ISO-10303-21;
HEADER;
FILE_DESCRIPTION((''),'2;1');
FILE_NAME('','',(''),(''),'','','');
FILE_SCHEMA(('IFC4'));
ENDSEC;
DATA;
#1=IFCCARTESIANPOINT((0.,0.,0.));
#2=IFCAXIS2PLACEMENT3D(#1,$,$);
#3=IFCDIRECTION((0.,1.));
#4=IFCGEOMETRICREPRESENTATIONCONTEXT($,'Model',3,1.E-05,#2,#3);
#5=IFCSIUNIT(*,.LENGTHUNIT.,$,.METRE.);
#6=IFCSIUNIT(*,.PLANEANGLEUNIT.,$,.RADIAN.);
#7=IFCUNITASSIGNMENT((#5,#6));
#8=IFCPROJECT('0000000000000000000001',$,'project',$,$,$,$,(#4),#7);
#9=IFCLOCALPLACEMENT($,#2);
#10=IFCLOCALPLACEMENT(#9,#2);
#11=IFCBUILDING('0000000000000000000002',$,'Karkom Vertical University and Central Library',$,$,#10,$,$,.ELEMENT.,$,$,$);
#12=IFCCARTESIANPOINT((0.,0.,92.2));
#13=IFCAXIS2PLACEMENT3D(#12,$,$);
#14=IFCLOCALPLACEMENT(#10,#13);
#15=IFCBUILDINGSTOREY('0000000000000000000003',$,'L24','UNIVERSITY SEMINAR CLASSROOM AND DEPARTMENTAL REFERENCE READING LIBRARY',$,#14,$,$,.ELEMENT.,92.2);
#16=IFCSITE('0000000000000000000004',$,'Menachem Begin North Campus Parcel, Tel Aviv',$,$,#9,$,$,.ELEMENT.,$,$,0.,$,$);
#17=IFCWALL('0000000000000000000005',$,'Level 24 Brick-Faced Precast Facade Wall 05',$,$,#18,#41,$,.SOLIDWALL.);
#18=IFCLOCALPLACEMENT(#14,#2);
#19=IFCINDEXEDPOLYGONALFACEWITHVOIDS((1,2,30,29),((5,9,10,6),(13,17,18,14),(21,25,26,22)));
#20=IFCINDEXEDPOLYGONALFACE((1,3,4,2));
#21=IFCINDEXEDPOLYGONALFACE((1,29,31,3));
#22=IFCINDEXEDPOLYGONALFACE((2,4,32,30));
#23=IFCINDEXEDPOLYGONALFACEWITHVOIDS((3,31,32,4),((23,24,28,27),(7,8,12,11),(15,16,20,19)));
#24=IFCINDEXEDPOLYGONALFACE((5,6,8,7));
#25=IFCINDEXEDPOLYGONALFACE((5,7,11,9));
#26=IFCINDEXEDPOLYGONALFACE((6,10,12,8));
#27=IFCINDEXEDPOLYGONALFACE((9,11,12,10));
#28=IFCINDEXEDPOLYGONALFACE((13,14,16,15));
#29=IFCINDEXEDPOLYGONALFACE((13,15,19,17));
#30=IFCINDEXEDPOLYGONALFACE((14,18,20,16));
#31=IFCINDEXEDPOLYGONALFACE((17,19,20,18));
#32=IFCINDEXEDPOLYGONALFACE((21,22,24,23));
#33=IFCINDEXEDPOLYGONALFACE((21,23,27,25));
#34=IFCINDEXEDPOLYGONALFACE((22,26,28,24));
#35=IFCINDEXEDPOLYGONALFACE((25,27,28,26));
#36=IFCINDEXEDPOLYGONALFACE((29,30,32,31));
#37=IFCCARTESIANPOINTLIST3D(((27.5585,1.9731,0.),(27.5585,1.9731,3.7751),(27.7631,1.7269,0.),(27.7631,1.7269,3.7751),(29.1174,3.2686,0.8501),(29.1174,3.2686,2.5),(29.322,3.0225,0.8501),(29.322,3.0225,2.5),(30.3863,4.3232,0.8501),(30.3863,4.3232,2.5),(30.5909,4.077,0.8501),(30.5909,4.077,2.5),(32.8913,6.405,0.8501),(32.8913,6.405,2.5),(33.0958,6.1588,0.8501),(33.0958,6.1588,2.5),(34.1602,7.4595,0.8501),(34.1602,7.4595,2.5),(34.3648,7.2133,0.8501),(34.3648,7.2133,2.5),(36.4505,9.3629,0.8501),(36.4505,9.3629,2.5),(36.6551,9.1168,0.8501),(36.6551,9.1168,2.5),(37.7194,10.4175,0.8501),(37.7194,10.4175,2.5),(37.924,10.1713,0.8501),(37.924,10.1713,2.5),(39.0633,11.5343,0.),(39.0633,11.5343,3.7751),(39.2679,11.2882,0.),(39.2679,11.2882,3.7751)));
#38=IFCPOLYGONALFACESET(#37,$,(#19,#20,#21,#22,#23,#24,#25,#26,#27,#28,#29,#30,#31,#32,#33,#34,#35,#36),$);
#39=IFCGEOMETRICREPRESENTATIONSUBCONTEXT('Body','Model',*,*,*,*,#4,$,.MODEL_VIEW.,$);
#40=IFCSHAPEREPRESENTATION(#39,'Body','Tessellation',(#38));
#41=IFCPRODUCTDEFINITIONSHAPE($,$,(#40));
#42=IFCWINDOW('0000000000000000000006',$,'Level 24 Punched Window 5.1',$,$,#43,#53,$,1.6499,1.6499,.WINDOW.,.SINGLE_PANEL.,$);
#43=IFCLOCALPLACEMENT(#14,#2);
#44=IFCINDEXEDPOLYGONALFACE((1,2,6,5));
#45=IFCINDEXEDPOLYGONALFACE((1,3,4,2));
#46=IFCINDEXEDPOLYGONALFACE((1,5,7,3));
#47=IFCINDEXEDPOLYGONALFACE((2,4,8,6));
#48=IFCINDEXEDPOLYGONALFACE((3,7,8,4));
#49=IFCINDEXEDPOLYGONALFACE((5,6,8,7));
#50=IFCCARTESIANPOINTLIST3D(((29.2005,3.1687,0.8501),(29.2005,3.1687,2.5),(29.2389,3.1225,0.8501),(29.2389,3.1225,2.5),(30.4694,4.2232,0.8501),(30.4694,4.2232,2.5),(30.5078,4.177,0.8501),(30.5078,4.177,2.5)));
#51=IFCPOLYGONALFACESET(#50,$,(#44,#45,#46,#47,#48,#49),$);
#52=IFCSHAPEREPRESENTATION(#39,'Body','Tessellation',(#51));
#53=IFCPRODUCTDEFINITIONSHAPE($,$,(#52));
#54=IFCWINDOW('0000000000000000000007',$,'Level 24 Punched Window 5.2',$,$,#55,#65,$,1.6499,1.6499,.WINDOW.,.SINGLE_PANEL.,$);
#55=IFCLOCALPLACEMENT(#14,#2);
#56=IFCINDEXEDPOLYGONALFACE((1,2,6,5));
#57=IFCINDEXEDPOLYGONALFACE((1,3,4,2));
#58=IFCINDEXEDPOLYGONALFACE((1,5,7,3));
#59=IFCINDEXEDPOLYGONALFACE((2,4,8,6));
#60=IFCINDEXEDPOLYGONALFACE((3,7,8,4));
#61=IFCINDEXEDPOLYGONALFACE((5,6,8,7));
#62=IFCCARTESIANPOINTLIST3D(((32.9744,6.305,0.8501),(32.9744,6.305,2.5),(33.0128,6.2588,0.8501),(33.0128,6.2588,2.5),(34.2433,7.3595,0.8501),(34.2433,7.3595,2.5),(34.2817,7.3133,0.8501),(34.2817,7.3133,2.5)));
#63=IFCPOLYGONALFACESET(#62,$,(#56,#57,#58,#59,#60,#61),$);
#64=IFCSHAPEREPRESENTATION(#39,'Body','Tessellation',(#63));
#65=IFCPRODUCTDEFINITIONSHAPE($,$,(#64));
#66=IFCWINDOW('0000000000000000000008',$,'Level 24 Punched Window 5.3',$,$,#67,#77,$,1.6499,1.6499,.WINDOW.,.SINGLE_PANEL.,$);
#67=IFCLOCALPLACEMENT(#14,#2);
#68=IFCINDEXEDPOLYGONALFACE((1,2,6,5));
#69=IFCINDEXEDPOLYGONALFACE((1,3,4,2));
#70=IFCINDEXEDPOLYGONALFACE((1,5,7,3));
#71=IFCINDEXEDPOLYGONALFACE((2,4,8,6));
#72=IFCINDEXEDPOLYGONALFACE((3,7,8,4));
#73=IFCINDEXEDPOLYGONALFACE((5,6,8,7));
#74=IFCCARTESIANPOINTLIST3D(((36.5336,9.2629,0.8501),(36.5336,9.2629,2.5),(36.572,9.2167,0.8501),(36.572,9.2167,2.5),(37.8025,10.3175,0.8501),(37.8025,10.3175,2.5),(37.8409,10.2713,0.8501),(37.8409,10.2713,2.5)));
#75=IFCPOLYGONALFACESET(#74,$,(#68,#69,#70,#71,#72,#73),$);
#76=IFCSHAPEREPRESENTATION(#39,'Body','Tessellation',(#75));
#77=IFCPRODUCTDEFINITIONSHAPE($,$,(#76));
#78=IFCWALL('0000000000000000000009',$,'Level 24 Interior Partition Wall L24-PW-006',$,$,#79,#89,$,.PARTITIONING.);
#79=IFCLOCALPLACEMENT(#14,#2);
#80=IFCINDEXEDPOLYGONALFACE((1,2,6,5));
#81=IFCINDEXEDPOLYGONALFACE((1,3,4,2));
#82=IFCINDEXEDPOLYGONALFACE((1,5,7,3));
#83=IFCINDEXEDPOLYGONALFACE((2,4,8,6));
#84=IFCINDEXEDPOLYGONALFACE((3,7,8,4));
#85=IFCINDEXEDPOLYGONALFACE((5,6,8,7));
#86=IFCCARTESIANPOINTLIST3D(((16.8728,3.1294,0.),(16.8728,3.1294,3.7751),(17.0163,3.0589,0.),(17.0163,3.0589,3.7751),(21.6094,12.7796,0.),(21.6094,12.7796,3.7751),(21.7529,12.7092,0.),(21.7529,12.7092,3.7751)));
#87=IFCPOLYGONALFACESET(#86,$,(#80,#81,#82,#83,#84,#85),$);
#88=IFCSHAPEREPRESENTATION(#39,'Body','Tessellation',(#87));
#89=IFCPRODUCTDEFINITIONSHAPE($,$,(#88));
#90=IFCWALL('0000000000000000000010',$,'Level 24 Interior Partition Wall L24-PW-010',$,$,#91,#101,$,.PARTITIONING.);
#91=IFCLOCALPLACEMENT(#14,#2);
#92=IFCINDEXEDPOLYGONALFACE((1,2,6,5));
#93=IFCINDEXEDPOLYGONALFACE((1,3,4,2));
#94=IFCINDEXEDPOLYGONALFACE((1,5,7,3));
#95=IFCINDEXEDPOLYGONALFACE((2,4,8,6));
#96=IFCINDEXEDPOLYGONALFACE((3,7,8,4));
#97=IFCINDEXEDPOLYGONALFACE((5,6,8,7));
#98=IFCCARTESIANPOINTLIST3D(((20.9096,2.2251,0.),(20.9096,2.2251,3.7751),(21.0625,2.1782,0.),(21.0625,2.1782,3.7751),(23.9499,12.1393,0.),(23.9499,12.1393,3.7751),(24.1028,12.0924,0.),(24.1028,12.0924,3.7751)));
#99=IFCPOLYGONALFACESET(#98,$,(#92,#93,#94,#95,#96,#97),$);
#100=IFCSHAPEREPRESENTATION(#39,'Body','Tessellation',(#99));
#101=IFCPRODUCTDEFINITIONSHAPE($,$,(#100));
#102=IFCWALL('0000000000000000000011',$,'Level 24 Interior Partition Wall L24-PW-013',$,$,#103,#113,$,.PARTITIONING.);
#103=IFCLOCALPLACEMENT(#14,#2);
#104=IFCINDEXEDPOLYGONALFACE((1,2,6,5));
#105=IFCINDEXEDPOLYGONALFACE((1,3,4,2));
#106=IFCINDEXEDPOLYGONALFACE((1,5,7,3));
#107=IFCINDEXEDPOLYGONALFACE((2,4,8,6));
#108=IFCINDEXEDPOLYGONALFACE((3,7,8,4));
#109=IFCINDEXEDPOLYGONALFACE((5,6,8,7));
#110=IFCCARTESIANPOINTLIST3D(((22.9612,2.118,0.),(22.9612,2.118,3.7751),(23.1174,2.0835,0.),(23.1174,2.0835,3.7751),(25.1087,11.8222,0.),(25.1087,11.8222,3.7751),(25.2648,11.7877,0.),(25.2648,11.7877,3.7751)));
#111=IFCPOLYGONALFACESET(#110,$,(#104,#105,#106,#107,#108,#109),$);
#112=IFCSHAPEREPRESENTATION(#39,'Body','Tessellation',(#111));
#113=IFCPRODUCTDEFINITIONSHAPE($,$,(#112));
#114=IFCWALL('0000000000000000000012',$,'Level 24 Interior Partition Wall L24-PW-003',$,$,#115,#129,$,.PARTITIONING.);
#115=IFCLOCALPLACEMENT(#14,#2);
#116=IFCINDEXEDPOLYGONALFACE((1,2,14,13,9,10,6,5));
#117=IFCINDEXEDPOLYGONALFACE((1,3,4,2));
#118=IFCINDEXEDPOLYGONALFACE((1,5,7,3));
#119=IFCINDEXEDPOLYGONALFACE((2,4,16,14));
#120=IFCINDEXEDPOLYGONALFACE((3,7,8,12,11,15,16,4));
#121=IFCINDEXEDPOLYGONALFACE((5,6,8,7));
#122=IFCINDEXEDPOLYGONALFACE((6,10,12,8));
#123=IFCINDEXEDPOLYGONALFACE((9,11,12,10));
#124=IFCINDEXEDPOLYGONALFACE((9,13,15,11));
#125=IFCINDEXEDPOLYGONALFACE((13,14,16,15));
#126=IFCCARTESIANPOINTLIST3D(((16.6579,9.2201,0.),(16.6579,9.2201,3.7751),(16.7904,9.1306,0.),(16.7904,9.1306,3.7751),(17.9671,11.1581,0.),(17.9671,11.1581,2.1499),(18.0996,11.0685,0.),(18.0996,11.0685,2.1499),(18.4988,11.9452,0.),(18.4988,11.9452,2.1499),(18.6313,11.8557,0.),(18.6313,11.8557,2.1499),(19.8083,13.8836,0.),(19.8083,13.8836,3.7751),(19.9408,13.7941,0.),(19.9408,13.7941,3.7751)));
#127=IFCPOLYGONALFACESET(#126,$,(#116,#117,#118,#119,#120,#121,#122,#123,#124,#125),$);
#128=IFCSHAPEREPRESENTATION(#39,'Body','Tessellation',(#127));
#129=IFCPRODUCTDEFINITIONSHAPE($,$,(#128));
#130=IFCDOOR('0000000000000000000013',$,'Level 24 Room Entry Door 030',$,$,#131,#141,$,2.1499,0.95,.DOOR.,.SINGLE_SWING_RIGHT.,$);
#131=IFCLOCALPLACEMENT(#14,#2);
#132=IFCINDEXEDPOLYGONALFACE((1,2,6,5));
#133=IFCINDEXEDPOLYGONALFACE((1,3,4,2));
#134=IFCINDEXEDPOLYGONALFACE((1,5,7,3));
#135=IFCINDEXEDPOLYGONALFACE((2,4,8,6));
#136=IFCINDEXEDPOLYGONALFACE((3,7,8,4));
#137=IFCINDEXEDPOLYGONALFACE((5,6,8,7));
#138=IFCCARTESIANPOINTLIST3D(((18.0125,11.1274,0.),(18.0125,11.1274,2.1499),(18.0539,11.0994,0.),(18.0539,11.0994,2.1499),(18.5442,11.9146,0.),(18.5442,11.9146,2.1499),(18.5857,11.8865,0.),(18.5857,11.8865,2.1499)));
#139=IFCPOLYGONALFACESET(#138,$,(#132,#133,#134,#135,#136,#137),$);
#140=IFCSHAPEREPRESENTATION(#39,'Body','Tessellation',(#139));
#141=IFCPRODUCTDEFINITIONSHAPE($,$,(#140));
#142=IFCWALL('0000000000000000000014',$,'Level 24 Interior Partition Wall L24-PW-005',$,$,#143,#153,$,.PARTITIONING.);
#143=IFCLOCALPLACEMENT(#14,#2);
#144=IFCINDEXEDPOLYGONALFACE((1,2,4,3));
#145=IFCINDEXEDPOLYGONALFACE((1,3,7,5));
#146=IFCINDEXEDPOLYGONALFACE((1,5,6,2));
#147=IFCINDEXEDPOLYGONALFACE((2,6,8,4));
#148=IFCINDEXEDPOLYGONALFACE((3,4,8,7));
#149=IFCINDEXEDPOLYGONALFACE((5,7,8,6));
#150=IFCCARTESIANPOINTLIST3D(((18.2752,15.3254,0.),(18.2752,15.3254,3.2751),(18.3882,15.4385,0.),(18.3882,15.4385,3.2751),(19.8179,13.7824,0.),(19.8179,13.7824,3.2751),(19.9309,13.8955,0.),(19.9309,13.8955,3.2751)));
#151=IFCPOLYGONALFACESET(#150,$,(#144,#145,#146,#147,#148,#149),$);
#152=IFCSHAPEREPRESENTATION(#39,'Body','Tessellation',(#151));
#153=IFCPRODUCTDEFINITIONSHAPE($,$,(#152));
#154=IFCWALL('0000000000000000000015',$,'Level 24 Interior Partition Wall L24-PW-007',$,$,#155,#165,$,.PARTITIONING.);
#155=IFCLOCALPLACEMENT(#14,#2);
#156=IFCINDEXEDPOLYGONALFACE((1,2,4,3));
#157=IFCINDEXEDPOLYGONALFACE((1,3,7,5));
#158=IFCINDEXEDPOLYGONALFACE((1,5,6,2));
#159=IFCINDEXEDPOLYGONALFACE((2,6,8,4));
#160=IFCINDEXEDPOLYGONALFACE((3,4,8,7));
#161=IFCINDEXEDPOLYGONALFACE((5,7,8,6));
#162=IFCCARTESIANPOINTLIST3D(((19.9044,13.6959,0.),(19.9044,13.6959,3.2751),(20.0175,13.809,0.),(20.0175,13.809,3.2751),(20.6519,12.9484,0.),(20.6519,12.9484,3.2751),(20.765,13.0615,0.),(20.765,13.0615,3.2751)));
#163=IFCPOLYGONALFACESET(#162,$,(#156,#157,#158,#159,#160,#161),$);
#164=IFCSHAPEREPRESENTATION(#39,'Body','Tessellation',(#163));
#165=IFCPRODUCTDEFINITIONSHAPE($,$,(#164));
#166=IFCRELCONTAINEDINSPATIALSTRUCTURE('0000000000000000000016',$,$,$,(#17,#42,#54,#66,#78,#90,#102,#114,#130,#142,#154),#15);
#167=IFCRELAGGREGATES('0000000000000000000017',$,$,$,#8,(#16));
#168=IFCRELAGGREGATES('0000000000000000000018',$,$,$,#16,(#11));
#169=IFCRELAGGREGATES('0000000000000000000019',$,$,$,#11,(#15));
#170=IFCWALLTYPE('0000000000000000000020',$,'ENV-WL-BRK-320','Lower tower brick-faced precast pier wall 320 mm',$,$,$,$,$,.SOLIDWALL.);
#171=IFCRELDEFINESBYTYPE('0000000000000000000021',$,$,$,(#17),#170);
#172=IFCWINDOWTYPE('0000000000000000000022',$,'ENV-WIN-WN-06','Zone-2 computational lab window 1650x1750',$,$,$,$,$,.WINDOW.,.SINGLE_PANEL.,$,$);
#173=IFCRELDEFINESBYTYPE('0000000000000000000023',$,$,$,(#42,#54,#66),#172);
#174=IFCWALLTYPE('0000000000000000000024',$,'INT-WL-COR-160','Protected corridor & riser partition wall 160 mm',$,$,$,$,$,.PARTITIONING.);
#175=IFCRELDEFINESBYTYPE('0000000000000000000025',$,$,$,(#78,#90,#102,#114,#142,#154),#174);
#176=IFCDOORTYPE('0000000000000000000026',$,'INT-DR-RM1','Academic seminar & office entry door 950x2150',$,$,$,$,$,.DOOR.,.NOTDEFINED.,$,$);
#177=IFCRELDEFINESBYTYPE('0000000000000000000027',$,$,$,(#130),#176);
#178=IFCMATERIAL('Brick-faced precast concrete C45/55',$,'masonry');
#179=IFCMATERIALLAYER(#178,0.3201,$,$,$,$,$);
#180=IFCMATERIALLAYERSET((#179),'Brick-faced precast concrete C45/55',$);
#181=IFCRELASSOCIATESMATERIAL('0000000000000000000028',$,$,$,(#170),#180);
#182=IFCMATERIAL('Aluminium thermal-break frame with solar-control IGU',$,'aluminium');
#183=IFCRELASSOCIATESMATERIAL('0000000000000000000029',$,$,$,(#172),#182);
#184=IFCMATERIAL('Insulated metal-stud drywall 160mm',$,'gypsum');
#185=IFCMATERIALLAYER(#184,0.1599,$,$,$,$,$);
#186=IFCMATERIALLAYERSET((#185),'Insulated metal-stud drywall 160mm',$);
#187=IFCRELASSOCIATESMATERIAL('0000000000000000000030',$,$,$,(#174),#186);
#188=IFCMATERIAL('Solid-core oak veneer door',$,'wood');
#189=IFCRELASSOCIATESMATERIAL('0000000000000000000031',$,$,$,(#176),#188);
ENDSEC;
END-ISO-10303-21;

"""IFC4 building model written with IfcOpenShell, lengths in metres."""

from ifc_helpers import new_model, si_unit, direction, frame, frame_2d, origin, origin_with_axes, place, context, subcontext, project, spatial, rectangle, extrude, source, transform, mapped, material, layer, layer_set, type_object, element, fill, save


model = new_model("IFC4")

# Units and contexts
model_context = context("Model", 3, precision=1e-05, world=origin(), true_north=direction((0.0, 1.0)))
body_context = subcontext(model_context, "Body", "Model", "MODEL_VIEW")
ifc_project = project(units=[si_unit("LENGTHUNIT", "METRE"), si_unit("PLANEANGLEUNIT", "RADIAN")], contexts=[model_context])

# Site, building, storey
site_placement = place(None, origin())
site = spatial("IfcSite", under=ifc_project, at=site_placement, Name="Menachem Begin North Campus Parcel, Tel Aviv", CompositionType="ELEMENT", RefElevation=0.0)
building_placement = place(site_placement, origin())
building = spatial("IfcBuilding", under=site, at=building_placement, Name="Karkom Vertical University and Central Library", CompositionType="ELEMENT")
storey_placement = place(building_placement, frame((0.0, 0.0, 92.2)))
storey = spatial("IfcBuildingStorey", under=building, at=storey_placement, Name="L24", Description="UNIVERSITY SEMINAR CLASSROOM AND DEPARTMENTAL REFERENCE READING LIBRARY", CompositionType="ELEMENT", Elevation=92.2)

# Wall, openings, windows
ifc_material_1 = material(Name="Brick-faced precast concrete C45/55", Category="masonry")
ifc_layer_1 = layer(ifc_material_1, 0.3201)
ifc_layer_set_1 = layer_set([ifc_layer_1], Name="Brick-faced precast concrete C45/55")
wall_type_1 = type_object("IfcWallType", Name="ENV-WL-BRK-320", Description="Lower tower brick-faced precast pier wall 320 mm", PredefinedType="SOLIDWALL", material=ifc_layer_set_1)
wall_1_placement = place(storey_placement, frame((27.6609, 1.8501, 0.0), z_axis=(0.0, 0.0, 1.0), x_axis=(0.769079, 0.639153, 0.0)))
wall_1 = element("IfcWall", 1, at=wall_1_placement, inside=storey, type_object=wall_type_1, Name="Level 24 Brick-Faced Precast Facade Wall 05", PredefinedType="SOLIDWALL", context=body_context, shape_type="SweptSolid", body=[
    extrude(rectangle(XDim=14.9592, YDim=0.3201, at=frame_2d((7.4795, 0.0))), origin(), (0.0, 0.0, 1.0), 3.7751),
])
opening_1_placement = place(wall_1_placement, frame((2.0269, 0.0, 0.8501)))
opening_1 = element("IfcOpeningElement", 2, at=opening_1_placement, cuts=wall_1, PredefinedType="OPENING", context=body_context, shape_type="SweptSolid", body=[
    extrude(rectangle(XDim=1.6499, YDim=1.6499, at=frame_2d((0.825, 0.825))), frame((0.0, 0.1699, 0.0), z_axis=(0.0, -1.0, 0.0), x_axis=(1.0, 0.0, 0.0)), (0.0, 0.0, 1.0), 0.3401),
])
opening_2_placement = place(wall_1_placement, frame((6.9338, 0.0, 0.8501)))
opening_2 = element("IfcOpeningElement", 3, at=opening_2_placement, cuts=wall_1, PredefinedType="OPENING", context=body_context, shape_type="SweptSolid", body=[
    extrude(rectangle(XDim=1.6499, YDim=1.6499, at=frame_2d((0.825, 0.825))), frame((0.0, 0.1699, 0.0), z_axis=(0.0, -1.0, 0.0), x_axis=(1.0, 0.0, 0.0)), (0.0, 0.0, 1.0), 0.3401),
])
opening_3_placement = place(wall_1_placement, frame((11.5618, 0.0, 0.8501)))
opening_3 = element("IfcOpeningElement", 4, at=opening_3_placement, cuts=wall_1, PredefinedType="OPENING", context=body_context, shape_type="SweptSolid", body=[
    extrude(rectangle(XDim=1.6499, YDim=1.6499, at=frame_2d((0.825, 0.825))), frame((0.0, 0.1699, 0.0), z_axis=(0.0, -1.0, 0.0), x_axis=(1.0, 0.0, 0.0)), (0.0, 0.0, 1.0), 0.3401),
])
ifc_material_2 = material(Name="Aluminium thermal-break frame with solar-control IGU", Category="aluminium")
window_type = type_object("IfcWindowType", Name="ENV-WIN-WN-06", Description="Zone-2 computational lab window 1650x1750", PartitioningType="SINGLE_PANEL", PredefinedType="WINDOW", material=ifc_material_2)
shared_shape_1 = source(origin_with_axes(), body_context, "Body", "SweptSolid", [
    extrude(rectangle(XDim=1.6499, YDim=1.6499, at=frame_2d((0.825, 0.825))), frame((0.0, 0.03, 0.0), z_axis=(0.0, -1.0, 0.0), x_axis=(1.0, 0.0, 0.0)), (0.0, 0.0, 1.0), 0.0601),
])
window_1_placement = place(opening_1_placement, origin())
window_1 = element("IfcWindow", 5, at=window_1_placement, inside=storey, type_object=window_type, Name="Level 24 Punched Window 5.1", OverallHeight=1.6499, OverallWidth=1.6499, PartitioningType="SINGLE_PANEL", PredefinedType="WINDOW", context=body_context, shape_type="MappedRepresentation", body=[
    mapped(shared_shape_1, transform((0.0, 0.0, 0.0), scale=1.0)),
])
fill(opening_1, window_1)
window_2_placement = place(opening_2_placement, origin())
window_2 = element("IfcWindow", 6, at=window_2_placement, inside=storey, type_object=window_type, Name="Level 24 Punched Window 5.2", OverallHeight=1.6499, OverallWidth=1.6499, PartitioningType="SINGLE_PANEL", PredefinedType="WINDOW", context=body_context, shape_type="MappedRepresentation", body=[
    mapped(shared_shape_1, transform((0.0, 0.0, 0.0), scale=1.0)),
])
fill(opening_2, window_2)
window_3_placement = place(opening_3_placement, origin())
window_3 = element("IfcWindow", 7, at=window_3_placement, inside=storey, type_object=window_type, Name="Level 24 Punched Window 5.3", OverallHeight=1.6499, OverallWidth=1.6499, PartitioningType="SINGLE_PANEL", PredefinedType="WINDOW", context=body_context, shape_type="MappedRepresentation", body=[
    mapped(shared_shape_1, transform((0.0, 0.0, 0.0), scale=1.0)),
])
fill(opening_3, window_3)

# Walls
ifc_material_3 = material(Name="Insulated metal-stud drywall 160mm", Category="gypsum")
ifc_layer_2 = layer(ifc_material_3, 0.1599)
ifc_layer_set_2 = layer_set([ifc_layer_2], Name="Insulated metal-stud drywall 160mm")
wall_type_2 = type_object("IfcWallType", Name="INT-WL-COR-160", Description="Protected corridor & riser partition wall 160 mm", PredefinedType="PARTITIONING", material=ifc_layer_set_2)
wall_2_placement = place(storey_placement, frame((21.6812, 12.7444, 0.0), z_axis=(0.0, 0.0, 1.0), x_axis=(-0.440615, -0.897696, 0.0)))
element("IfcWall", 8, at=wall_2_placement, inside=storey, type_object=wall_type_2, Name="Level 24 Interior Partition Wall L24-PW-006", PredefinedType="PARTITIONING", context=body_context, shape_type="SweptSolid", body=[
    extrude(rectangle(XDim=10.75, YDim=0.1599, at=frame_2d((5.375, 0.0))), origin(), (0.0, 0.0, 1.0), 3.7751),
])
wall_3_placement = place(storey_placement, frame((24.0264, 12.116, 0.0), z_axis=(0.0, 0.0, 1.0), x_axis=(-0.293187, -0.956055, 0.0)))
element("IfcWall", 9, at=wall_3_placement, inside=storey, type_object=wall_type_2, Name="Level 24 Interior Partition Wall L24-PW-010", PredefinedType="PARTITIONING", context=body_context, shape_type="SweptSolid", body=[
    extrude(rectangle(XDim=10.3699, YDim=0.1599, at=frame_2d((5.1851, 0.0))), origin(), (0.0, 0.0, 1.0), 3.7751),
])
wall_4_placement = place(storey_placement, frame((25.1868, 11.8049, 0.0), z_axis=(0.0, 0.0, 1.0), x_axis=(-0.216067, -0.976379, 0.0)))
element("IfcWall", 10, at=wall_4_placement, inside=storey, type_object=wall_type_2, Name="Level 24 Interior Partition Wall L24-PW-013", PredefinedType="PARTITIONING", context=body_context, shape_type="SweptSolid", body=[
    extrude(rectangle(XDim=9.939, YDim=0.1599, at=frame_2d((4.9695, 0.0))), origin(), (0.0, 0.0, 1.0), 3.7751),
])

# Wall, opening, door
wall_5_placement = place(storey_placement, frame((19.8745, 13.8389, 0.0), z_axis=(0.0, 0.0, 1.0), x_axis=(-0.559775, -0.828644, 0.0)))
wall_5 = element("IfcWall", 11, at=wall_5_placement, inside=storey, type_object=wall_type_2, Name="Level 24 Interior Partition Wall L24-PW-003", PredefinedType="PARTITIONING", context=body_context, shape_type="SweptSolid", body=[
    extrude(rectangle(XDim=5.6279, YDim=0.1599, at=frame_2d((2.814, 0.0))), origin(), (0.0, 0.0, 1.0), 3.7751),
])
opening_4_placement = place(wall_5_placement, frame((2.3391, 0.0, 0.0)))
opening_4 = element("IfcOpeningElement", 12, at=opening_4_placement, cuts=wall_5, PredefinedType="OPENING", context=body_context, shape_type="SweptSolid", body=[
    extrude(rectangle(XDim=0.95, YDim=2.1499, at=frame_2d((0.4751, 1.075))), frame((0.0, 0.0898, 0.0), z_axis=(0.0, -1.0, 0.0), x_axis=(1.0, 0.0, 0.0)), (0.0, 0.0, 1.0), 0.1799),
])
ifc_material_4 = material(Name="Solid-core oak veneer door", Category="wood")
door_type_1 = type_object("IfcDoorType", Name="INT-DR-RM1", Description="Academic seminar & office entry door 950x2150", OperationType="NOTDEFINED", PredefinedType="DOOR", material=ifc_material_4)
shared_shape_2 = source(origin_with_axes(), body_context, "Body", "SweptSolid", [
    extrude(rectangle(XDim=0.95, YDim=2.1499, at=frame_2d((0.4751, 1.075))), frame((0.0, 0.0249, 0.0), z_axis=(0.0, -1.0, 0.0), x_axis=(1.0, 0.0, 0.0)), (0.0, 0.0, 1.0), 0.05),
])
door_1_placement = place(opening_4_placement, origin())
door_1 = element("IfcDoor", 13, at=door_1_placement, inside=storey, type_object=door_type_1, Name="Level 24 Room Entry Door 030", OperationType="SINGLE_SWING_RIGHT", OverallHeight=2.1499, OverallWidth=0.95, PredefinedType="DOOR", context=body_context, shape_type="MappedRepresentation", body=[
    mapped(shared_shape_2, transform((0.0, 0.0, 0.0), scale=1.0)),
])
fill(opening_4, door_1)

# Walls
wall_6_placement = place(storey_placement, frame((18.3318, 15.3818, 0.0), z_axis=(0.0, 0.0, 1.0), x_axis=(0.707051, -0.707163, 0.0)))
element("IfcWall", 14, at=wall_6_placement, inside=storey, type_object=wall_type_2, Name="Level 24 Interior Partition Wall L24-PW-005", PredefinedType="PARTITIONING", context=body_context, shape_type="SweptSolid", body=[
    extrude(rectangle(XDim=2.1819, YDim=0.1599, at=frame_2d((1.0908, 0.0))), origin(), (0.0, 0.0, 1.0), 3.2751),
])
wall_7_placement = place(storey_placement, frame((19.9609, 13.7524, 0.0), z_axis=(0.0, 0.0, 1.0), x_axis=(0.707107, -0.707107, 0.0)))
element("IfcWall", 15, at=wall_7_placement, inside=storey, type_object=wall_type_2, Name="Level 24 Interior Partition Wall L24-PW-007", PredefinedType="PARTITIONING", context=body_context, shape_type="SweptSolid", body=[
    extrude(rectangle(XDim=1.0571, YDim=0.1599, at=frame_2d((0.5286, 0.0))), origin(), (0.0, 0.0, 1.0), 3.2751),
])

save(model, "model.ifc")
